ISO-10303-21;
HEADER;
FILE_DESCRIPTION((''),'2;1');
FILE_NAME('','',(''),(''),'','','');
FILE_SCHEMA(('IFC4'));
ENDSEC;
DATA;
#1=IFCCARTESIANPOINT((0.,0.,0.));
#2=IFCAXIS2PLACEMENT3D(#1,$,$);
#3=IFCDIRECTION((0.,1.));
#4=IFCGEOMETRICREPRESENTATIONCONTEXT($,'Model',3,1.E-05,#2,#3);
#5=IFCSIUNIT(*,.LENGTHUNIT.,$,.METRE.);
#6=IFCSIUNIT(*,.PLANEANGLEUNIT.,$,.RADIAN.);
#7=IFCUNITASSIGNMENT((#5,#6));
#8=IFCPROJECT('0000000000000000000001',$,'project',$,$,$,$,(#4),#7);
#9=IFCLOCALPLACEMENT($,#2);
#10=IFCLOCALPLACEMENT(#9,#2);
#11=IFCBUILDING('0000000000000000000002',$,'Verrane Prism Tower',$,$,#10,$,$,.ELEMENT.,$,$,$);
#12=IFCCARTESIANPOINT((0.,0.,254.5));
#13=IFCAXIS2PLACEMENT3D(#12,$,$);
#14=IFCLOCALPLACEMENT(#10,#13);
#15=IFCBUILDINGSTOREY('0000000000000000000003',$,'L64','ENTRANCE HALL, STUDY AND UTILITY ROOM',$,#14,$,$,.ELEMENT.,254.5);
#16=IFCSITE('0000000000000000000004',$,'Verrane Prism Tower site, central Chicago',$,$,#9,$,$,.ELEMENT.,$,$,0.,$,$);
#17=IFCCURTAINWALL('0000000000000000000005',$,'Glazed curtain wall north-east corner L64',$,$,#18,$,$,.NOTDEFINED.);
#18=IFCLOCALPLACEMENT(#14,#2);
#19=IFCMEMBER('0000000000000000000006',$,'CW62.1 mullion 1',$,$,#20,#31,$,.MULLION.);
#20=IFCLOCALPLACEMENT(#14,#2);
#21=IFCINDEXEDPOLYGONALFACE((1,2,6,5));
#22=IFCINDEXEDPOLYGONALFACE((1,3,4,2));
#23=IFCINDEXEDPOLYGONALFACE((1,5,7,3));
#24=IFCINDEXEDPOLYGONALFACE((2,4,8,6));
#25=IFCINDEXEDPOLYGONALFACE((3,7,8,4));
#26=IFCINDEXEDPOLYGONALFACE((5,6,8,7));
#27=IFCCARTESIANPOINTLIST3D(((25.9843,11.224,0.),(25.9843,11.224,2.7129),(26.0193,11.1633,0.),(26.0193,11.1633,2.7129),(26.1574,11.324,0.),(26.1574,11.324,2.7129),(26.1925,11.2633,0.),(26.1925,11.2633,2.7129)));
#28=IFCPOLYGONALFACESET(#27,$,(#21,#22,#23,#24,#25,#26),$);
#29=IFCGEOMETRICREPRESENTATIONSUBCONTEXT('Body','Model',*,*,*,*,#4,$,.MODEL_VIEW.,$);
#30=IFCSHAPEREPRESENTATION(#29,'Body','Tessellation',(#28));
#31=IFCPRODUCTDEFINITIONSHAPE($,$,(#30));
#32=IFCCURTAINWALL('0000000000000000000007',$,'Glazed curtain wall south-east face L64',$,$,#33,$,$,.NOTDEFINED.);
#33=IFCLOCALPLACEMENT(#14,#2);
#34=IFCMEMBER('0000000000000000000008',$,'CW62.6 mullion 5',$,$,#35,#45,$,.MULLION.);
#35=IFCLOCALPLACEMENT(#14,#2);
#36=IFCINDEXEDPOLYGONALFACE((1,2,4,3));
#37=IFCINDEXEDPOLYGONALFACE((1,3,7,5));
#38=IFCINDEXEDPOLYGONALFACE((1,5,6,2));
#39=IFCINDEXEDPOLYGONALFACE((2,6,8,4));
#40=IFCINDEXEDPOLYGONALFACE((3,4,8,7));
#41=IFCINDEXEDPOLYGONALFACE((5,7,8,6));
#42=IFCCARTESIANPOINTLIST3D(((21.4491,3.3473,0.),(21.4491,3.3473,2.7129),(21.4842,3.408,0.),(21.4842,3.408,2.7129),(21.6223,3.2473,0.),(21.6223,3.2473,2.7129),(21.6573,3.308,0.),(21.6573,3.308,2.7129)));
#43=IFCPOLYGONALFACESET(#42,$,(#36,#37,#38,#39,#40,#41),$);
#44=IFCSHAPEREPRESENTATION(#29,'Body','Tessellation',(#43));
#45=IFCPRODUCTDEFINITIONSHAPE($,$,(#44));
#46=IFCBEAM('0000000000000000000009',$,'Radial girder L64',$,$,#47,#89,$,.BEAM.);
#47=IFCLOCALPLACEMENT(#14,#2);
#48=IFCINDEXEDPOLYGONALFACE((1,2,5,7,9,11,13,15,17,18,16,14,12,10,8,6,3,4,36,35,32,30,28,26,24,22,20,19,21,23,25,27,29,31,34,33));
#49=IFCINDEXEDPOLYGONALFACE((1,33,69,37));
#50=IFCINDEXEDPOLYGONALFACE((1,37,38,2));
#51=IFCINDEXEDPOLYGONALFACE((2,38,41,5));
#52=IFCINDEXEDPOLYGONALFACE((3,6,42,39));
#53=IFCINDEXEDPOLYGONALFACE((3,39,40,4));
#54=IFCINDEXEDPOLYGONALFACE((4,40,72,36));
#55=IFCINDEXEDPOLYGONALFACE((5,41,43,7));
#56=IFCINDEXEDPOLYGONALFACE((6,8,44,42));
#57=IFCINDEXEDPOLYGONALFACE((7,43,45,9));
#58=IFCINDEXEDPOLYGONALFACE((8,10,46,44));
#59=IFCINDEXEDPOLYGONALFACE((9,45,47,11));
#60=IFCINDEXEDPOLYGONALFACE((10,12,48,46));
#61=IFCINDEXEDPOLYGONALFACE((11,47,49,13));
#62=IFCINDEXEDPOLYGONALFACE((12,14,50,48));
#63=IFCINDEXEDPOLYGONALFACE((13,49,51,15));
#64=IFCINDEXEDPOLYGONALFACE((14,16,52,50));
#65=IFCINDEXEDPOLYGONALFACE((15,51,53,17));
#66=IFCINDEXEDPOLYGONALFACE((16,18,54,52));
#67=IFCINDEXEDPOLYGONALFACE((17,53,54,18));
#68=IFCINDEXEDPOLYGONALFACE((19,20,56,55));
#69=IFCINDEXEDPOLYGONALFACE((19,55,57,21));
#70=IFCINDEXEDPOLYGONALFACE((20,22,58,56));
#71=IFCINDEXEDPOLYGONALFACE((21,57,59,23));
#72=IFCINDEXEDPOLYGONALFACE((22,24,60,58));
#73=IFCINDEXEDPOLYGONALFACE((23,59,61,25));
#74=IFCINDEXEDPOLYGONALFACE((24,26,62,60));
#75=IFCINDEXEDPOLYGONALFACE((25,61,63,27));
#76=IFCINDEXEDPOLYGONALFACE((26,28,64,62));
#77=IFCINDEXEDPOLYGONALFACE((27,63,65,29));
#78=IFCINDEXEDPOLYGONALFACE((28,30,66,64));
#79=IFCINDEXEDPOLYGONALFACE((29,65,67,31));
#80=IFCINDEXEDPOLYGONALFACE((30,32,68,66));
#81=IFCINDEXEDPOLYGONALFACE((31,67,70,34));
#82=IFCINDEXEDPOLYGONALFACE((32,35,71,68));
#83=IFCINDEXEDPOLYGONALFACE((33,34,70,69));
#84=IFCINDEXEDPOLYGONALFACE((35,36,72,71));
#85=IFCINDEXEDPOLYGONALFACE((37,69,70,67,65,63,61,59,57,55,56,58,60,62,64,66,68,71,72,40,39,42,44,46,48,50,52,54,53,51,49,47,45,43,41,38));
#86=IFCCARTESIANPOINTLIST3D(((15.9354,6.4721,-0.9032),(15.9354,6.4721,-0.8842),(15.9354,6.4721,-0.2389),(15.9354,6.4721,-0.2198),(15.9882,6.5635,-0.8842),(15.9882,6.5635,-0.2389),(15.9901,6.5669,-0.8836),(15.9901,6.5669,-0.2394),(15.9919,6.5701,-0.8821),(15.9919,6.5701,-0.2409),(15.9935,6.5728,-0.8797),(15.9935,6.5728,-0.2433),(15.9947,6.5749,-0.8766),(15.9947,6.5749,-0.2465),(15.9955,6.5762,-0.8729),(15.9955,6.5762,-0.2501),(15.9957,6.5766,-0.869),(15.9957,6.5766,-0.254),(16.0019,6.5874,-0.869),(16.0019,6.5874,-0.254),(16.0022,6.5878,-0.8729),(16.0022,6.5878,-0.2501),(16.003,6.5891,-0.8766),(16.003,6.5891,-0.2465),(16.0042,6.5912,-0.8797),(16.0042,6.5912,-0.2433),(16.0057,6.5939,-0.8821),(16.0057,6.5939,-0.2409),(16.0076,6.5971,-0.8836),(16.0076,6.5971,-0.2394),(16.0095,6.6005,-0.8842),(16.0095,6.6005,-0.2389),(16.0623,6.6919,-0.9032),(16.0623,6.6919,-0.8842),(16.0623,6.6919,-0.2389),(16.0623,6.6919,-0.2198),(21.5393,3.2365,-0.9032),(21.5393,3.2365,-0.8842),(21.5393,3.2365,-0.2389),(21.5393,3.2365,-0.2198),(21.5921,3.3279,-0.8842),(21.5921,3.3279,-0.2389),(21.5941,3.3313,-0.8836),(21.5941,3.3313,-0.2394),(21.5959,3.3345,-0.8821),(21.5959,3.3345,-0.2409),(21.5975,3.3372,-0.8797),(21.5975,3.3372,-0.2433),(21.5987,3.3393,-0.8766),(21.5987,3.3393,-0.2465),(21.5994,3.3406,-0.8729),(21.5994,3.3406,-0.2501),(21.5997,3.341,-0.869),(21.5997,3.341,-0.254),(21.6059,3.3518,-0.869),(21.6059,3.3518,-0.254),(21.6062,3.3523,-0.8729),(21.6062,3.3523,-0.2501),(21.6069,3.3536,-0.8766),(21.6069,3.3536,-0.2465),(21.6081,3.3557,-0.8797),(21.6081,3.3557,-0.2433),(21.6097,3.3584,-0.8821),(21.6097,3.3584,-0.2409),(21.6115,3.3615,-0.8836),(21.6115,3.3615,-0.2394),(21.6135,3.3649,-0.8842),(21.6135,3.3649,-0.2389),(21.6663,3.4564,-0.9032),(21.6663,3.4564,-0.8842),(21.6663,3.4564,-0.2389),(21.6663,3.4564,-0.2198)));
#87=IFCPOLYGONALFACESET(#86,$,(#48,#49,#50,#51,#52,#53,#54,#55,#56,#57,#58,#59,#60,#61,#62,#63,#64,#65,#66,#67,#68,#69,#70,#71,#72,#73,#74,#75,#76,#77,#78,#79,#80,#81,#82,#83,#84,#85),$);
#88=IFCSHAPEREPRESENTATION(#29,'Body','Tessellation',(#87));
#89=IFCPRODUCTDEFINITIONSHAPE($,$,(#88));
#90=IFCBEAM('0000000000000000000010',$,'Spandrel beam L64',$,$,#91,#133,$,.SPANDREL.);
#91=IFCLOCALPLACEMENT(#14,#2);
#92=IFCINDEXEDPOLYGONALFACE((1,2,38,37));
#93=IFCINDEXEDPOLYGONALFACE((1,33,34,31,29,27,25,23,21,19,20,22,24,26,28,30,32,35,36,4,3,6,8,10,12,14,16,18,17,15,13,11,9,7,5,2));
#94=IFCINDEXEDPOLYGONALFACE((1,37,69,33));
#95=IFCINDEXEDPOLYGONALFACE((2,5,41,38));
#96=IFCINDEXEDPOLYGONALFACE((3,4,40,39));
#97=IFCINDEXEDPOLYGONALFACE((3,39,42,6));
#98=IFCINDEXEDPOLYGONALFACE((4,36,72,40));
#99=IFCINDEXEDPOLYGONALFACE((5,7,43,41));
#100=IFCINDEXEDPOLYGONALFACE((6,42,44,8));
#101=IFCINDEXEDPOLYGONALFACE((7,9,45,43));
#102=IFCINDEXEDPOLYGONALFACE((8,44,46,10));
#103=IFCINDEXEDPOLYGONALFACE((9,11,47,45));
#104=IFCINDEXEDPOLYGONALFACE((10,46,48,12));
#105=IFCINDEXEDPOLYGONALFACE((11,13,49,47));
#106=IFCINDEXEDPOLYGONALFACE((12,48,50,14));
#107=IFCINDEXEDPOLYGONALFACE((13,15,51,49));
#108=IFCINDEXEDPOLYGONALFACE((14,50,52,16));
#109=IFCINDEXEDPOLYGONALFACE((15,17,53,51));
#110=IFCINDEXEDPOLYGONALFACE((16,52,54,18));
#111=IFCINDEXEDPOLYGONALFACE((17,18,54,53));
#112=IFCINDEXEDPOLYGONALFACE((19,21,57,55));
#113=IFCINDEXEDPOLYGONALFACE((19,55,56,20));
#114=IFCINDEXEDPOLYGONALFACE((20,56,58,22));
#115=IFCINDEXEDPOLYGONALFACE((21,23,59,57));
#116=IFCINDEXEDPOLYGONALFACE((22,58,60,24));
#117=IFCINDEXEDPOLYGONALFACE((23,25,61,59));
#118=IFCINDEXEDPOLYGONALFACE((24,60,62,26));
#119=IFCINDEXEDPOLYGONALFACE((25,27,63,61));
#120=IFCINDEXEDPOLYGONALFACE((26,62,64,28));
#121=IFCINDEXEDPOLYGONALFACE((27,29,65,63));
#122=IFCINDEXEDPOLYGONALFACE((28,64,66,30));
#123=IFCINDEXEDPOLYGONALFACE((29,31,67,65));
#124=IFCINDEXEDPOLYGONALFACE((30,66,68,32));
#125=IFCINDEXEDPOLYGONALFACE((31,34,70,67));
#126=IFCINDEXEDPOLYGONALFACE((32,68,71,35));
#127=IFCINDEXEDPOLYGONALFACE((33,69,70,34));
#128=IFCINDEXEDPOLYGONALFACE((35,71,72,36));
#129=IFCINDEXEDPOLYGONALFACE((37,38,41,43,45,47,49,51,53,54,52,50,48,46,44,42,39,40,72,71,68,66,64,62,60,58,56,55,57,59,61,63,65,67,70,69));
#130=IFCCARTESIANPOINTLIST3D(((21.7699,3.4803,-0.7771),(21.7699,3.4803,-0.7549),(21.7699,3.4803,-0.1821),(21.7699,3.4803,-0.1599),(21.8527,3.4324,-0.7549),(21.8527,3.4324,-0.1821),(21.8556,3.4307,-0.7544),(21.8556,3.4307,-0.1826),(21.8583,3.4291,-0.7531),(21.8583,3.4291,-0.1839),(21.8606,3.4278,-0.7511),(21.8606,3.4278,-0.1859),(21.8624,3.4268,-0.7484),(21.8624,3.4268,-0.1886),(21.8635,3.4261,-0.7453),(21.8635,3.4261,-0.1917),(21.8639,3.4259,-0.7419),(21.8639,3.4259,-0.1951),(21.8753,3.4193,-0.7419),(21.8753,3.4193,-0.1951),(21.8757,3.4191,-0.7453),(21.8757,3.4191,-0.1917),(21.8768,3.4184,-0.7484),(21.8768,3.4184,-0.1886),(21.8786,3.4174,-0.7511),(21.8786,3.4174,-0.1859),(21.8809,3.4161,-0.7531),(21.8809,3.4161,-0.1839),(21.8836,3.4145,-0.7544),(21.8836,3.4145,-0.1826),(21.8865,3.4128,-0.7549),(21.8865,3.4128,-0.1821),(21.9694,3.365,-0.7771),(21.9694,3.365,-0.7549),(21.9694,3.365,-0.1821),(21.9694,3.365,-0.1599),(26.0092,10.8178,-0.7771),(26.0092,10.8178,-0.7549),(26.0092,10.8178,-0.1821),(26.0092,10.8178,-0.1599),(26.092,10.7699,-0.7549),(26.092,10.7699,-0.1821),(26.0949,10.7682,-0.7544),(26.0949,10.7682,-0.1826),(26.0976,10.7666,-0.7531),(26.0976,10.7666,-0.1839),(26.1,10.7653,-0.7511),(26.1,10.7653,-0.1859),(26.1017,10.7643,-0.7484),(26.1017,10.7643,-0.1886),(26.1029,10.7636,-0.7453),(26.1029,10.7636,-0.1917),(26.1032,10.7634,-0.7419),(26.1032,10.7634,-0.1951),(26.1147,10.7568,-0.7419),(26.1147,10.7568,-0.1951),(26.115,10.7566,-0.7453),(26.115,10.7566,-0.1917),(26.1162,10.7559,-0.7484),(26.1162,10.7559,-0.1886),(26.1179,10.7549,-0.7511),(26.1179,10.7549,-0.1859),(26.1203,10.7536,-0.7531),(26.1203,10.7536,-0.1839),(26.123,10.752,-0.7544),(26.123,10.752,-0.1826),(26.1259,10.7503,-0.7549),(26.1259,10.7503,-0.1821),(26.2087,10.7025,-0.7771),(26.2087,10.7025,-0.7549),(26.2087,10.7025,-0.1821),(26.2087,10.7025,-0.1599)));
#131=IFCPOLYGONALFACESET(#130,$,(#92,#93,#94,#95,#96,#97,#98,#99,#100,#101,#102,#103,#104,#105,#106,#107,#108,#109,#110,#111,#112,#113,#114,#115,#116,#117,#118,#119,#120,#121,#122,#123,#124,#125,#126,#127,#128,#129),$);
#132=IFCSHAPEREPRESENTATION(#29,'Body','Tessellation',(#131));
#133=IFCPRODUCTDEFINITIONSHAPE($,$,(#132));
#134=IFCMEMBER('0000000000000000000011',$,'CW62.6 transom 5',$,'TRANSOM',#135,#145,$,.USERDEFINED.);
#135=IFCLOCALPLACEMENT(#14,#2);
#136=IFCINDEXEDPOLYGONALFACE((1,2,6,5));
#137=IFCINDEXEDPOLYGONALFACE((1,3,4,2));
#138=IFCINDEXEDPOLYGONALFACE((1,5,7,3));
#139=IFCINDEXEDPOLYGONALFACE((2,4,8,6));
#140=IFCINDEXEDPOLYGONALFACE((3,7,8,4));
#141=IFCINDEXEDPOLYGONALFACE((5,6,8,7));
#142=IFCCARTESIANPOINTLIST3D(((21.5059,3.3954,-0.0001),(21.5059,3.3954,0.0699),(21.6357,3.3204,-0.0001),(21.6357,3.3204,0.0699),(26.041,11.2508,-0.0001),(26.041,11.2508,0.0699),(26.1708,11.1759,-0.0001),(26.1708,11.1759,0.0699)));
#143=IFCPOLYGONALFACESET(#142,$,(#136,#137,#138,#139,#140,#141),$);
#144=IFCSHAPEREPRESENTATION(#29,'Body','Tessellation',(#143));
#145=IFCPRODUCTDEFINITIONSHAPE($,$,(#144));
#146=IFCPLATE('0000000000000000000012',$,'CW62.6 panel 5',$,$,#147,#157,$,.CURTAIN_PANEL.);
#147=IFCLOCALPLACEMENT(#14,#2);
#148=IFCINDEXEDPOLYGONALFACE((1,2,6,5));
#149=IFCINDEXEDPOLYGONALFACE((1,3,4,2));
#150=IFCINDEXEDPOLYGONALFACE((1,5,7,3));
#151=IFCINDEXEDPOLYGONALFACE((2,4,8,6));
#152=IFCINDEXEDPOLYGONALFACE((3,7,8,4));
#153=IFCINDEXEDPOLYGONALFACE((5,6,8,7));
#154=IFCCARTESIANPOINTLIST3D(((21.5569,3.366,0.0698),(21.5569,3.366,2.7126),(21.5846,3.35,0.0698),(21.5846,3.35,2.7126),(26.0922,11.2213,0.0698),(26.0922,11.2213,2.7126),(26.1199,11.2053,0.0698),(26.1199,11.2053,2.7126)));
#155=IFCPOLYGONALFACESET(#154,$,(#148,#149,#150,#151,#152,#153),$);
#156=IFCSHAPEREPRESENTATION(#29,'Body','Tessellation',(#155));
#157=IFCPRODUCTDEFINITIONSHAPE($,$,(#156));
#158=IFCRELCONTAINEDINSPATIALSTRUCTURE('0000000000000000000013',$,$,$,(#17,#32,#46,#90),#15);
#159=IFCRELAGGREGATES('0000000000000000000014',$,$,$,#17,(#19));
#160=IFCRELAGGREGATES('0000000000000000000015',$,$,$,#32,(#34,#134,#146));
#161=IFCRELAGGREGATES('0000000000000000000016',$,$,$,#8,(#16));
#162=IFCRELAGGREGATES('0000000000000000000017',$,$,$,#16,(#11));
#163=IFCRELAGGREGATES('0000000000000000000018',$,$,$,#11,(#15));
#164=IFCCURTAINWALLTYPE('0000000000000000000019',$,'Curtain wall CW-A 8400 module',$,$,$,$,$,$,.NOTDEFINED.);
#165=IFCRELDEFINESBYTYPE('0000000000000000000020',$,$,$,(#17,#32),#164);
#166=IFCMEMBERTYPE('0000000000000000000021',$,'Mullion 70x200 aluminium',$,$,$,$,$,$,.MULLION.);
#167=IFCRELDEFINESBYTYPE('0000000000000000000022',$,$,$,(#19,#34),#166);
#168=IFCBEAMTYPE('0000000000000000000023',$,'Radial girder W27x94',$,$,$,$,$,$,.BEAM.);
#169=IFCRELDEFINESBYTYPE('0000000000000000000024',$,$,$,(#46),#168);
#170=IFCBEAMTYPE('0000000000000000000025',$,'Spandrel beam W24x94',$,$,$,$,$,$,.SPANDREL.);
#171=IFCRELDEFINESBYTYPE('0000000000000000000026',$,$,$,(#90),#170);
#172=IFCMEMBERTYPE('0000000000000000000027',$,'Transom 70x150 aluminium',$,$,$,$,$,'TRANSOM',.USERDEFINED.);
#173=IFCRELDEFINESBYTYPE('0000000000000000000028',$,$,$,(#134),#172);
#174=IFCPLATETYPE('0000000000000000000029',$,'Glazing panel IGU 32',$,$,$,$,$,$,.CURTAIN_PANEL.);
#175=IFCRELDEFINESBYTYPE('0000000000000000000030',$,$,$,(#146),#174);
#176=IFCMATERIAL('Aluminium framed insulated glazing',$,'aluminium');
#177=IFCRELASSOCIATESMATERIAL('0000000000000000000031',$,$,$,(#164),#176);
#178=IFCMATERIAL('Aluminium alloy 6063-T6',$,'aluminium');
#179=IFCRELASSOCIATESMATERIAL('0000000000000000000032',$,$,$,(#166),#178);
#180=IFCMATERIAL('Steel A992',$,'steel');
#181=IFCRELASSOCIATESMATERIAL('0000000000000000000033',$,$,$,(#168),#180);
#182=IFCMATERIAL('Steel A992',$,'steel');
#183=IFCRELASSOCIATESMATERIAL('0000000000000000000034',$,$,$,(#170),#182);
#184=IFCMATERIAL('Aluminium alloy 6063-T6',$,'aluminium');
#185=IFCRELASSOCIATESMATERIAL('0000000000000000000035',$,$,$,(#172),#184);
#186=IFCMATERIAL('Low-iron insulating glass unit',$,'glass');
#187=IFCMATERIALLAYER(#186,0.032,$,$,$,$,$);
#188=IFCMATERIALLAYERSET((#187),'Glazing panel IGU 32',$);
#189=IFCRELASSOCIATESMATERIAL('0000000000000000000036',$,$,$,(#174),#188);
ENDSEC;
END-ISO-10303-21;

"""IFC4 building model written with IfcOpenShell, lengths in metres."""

from ifc_helpers import new_model, si_unit, direction, frame, origin, origin_2d, place, context, subcontext, project, spatial, rectangle, i_section, extrude, material, layer, layer_set, material_profile, profile_set, type_object, element, aggregate, save


model = new_model("IFC4")

# Units and contexts
model_context = context("Model", 3, precision=1e-05, world=origin(), true_north=direction((0.0, 1.0)))
body_context = subcontext(model_context, "Body", "Model", "MODEL_VIEW")
ifc_project = project(units=[si_unit("LENGTHUNIT", "METRE"), si_unit("PLANEANGLEUNIT", "RADIAN")], contexts=[model_context])

# Site, building, storey
site_placement = place(None, origin())
site = spatial("IfcSite", under=ifc_project, at=site_placement, Name="Verrane Prism Tower site, central Chicago", CompositionType="ELEMENT", RefElevation=0.0)
building_placement = place(site_placement, origin())
building = spatial("IfcBuilding", under=site, at=building_placement, Name="Verrane Prism Tower", CompositionType="ELEMENT")
storey_placement = place(building_placement, frame((0.0, 0.0, 254.5)))
storey = spatial("IfcBuildingStorey", under=building, at=storey_placement, Name="L64", Description="ENTRANCE HALL, STUDY AND UTILITY ROOM", CompositionType="ELEMENT", Elevation=254.5)

# Curtain walls, members
ifc_material_1 = material(Name="Aluminium framed insulated glazing", Category="aluminium")
curtain_wall_type = type_object("IfcCurtainWallType", Name="Curtain wall CW-A 8400 module", PredefinedType="NOTDEFINED", material=ifc_material_1)
curtain_wall_1_placement = place(storey_placement, origin())
curtain_wall_1 = element("IfcCurtainWall", 1, at=curtain_wall_1_placement, inside=storey, type_object=curtain_wall_type, Name="Glazed curtain wall north-east corner L64", PredefinedType="NOTDEFINED")
ifc_material_2 = material(Name="Aluminium alloy 6063-T6", Category="aluminium")
ifc_material_profile_1 = material_profile(ifc_material_2, rectangle(XDim=0.2, YDim=0.0701, at=origin_2d()), Name="Mullion 70x200 aluminium")
ifc_profile_set_1 = profile_set([ifc_material_profile_1], Name="Aluminium alloy 6063-T6")
member_type_1 = type_object("IfcMemberType", Name="Mullion 70x200 aluminium", PredefinedType="MULLION", material=ifc_profile_set_1)
member_1_placement = place(storey_placement, frame((26.0884, 11.2437, 0.0), z_axis=(0.0, 0.0, 1.0), x_axis=(-0.866028, -0.499996, 0.0)))
member_1 = element("IfcMember", 2, at=member_1_placement, type_object=member_type_1, Name="CW62.1 mullion 1", PredefinedType="MULLION", context=body_context, shape_type="SweptSolid", body=[
    extrude(rectangle(XDim=0.2, YDim=0.0701, at=origin_2d()), origin(), (0.0, 0.0, 1.0), 2.7129),
])
aggregate(curtain_wall_1, [member_1])
curtain_wall_2_placement = place(storey_placement, origin())
curtain_wall_2 = element("IfcCurtainWall", 3, at=curtain_wall_2_placement, inside=storey, type_object=curtain_wall_type, Name="Glazed curtain wall south-east face L64", PredefinedType="NOTDEFINED")
member_2_placement = place(storey_placement, frame((21.5532, 3.3276, 0.0), z_axis=(0.0, 0.0, 1.0), x_axis=(-0.866026, 0.5, 0.0)))
member_2 = element("IfcMember", 4, at=member_2_placement, type_object=member_type_1, Name="CW62.6 mullion 5", PredefinedType="MULLION", context=body_context, shape_type="SweptSolid", body=[
    extrude(rectangle(XDim=0.2, YDim=0.0701, at=origin_2d()), origin(), (0.0, 0.0, 1.0), 2.7129),
])

# Beams
ifc_material_3 = material(Name="Steel A992", Category="steel")
ifc_material_profile_2 = material_profile(ifc_material_3, i_section(OverallWidth=0.2539, OverallDepth=0.6833, WebThickness=0.0125, FlangeThickness=0.019, FilletRadius=0.0151, at=origin_2d()), Name="W27x94")
ifc_profile_set_2 = profile_set([ifc_material_profile_2], Name="Steel A992")
beam_type_1 = type_object("IfcBeamType", Name="Radial girder W27x94", PredefinedType="BEAM", material=ifc_profile_set_2)
beam_1_placement = place(storey_placement, frame((21.6028, 3.3464, -0.5615), z_axis=(-0.866017, 0.500014, 0.0), x_axis=(-0.500014, -0.866017, 0.0)))
element("IfcBeam", 5, at=beam_1_placement, inside=storey, type_object=beam_type_1, Name="Radial girder L64", PredefinedType="BEAM", context=body_context, shape_type="SweptSolid", body=[
    extrude(i_section(OverallWidth=0.2539, OverallDepth=0.6833, WebThickness=0.0125, FlangeThickness=0.019, FilletRadius=0.0151, at=origin_2d()), origin(), (0.0, 0.0, 1.0), 6.4709),
])
ifc_material_4 = material(Name="Steel A992", Category="steel")
ifc_material_profile_3 = material_profile(ifc_material_4, i_section(OverallWidth=0.2305, OverallDepth=0.6172, WebThickness=0.0132, FlangeThickness=0.0222, FilletRadius=0.0129, at=origin_2d()), Name="W24x94")
ifc_profile_set_3 = profile_set([ifc_material_profile_3], Name="Steel A992")
beam_type_2 = type_object("IfcBeamType", Name="Spandrel beam W24x94", PredefinedType="SPANDREL", material=ifc_profile_set_3)
beam_2_placement = place(storey_placement, frame((21.8696, 3.4226, -0.4685), z_axis=(0.500266, 0.865872, 0.0), x_axis=(-0.865872, 0.500266, 0.0)))
element("IfcBeam", 6, at=beam_2_placement, inside=storey, type_object=beam_type_2, Name="Spandrel beam L64", PredefinedType="SPANDREL", context=body_context, shape_type="SweptSolid", body=[
    extrude(i_section(OverallWidth=0.2305, OverallDepth=0.6172, WebThickness=0.0132, FlangeThickness=0.0222, FilletRadius=0.0129, at=origin_2d()), origin(), (0.0, 0.0, 1.0), 8.4741),
])

# Member
ifc_material_5 = material(Name="Aluminium alloy 6063-T6", Category="aluminium")
ifc_material_profile_4 = material_profile(ifc_material_5, rectangle(XDim=0.1499, YDim=0.0701, at=origin_2d()), Name="Transom 70x150 aluminium")
ifc_profile_set_4 = profile_set([ifc_material_profile_4], Name="Aluminium alloy 6063-T6")
member_type_2 = type_object("IfcMemberType", Name="Transom 70x150 aluminium", ElementType="TRANSOM", PredefinedType="USERDEFINED", material=ifc_profile_set_4)
member_3_placement = place(storey_placement, frame((21.5708, 3.3579, 0.0349), z_axis=(0.499983, 0.866035, 0.0), x_axis=(-0.866035, 0.499983, 0.0)))
member_3 = element("IfcMember", 7, at=member_3_placement, type_object=member_type_2, Name="CW62.6 transom 5", ObjectType="TRANSOM", PredefinedType="USERDEFINED", context=body_context, shape_type="SweptSolid", body=[
    extrude(rectangle(XDim=0.1499, YDim=0.0701, at=origin_2d()), origin(), (0.0, 0.0, 1.0), 9.0706),
])

# Plate
ifc_material_6 = material(Name="Low-iron insulating glass unit", Category="glass")
ifc_layer_1 = layer(ifc_material_6, 0.032)
ifc_layer_set_1 = layer_set([ifc_layer_1], Name="Glazing panel IGU 32")
plate_type = type_object("IfcPlateType", Name="Glazing panel IGU 32", PredefinedType="CURTAIN_PANEL", material=ifc_layer_set_1)
plate_placement = place(storey_placement, frame((23.8384, 7.2856, 0.0698), z_axis=(0.0, 0.0, 1.0), x_axis=(0.5, 0.866026, 0.0)))
plate = element("IfcPlate", 8, at=plate_placement, type_object=plate_type, Name="CW62.6 panel 5", PredefinedType="CURTAIN_PANEL", context=body_context, shape_type="SweptSolid", body=[
    extrude(rectangle(XDim=9.0706, YDim=0.032, at=origin_2d()), origin(), (0.0, 0.0, 1.0), 2.6428),
])
aggregate(curtain_wall_2, [member_2, member_3, plate])

save(model, "model.ifc")
